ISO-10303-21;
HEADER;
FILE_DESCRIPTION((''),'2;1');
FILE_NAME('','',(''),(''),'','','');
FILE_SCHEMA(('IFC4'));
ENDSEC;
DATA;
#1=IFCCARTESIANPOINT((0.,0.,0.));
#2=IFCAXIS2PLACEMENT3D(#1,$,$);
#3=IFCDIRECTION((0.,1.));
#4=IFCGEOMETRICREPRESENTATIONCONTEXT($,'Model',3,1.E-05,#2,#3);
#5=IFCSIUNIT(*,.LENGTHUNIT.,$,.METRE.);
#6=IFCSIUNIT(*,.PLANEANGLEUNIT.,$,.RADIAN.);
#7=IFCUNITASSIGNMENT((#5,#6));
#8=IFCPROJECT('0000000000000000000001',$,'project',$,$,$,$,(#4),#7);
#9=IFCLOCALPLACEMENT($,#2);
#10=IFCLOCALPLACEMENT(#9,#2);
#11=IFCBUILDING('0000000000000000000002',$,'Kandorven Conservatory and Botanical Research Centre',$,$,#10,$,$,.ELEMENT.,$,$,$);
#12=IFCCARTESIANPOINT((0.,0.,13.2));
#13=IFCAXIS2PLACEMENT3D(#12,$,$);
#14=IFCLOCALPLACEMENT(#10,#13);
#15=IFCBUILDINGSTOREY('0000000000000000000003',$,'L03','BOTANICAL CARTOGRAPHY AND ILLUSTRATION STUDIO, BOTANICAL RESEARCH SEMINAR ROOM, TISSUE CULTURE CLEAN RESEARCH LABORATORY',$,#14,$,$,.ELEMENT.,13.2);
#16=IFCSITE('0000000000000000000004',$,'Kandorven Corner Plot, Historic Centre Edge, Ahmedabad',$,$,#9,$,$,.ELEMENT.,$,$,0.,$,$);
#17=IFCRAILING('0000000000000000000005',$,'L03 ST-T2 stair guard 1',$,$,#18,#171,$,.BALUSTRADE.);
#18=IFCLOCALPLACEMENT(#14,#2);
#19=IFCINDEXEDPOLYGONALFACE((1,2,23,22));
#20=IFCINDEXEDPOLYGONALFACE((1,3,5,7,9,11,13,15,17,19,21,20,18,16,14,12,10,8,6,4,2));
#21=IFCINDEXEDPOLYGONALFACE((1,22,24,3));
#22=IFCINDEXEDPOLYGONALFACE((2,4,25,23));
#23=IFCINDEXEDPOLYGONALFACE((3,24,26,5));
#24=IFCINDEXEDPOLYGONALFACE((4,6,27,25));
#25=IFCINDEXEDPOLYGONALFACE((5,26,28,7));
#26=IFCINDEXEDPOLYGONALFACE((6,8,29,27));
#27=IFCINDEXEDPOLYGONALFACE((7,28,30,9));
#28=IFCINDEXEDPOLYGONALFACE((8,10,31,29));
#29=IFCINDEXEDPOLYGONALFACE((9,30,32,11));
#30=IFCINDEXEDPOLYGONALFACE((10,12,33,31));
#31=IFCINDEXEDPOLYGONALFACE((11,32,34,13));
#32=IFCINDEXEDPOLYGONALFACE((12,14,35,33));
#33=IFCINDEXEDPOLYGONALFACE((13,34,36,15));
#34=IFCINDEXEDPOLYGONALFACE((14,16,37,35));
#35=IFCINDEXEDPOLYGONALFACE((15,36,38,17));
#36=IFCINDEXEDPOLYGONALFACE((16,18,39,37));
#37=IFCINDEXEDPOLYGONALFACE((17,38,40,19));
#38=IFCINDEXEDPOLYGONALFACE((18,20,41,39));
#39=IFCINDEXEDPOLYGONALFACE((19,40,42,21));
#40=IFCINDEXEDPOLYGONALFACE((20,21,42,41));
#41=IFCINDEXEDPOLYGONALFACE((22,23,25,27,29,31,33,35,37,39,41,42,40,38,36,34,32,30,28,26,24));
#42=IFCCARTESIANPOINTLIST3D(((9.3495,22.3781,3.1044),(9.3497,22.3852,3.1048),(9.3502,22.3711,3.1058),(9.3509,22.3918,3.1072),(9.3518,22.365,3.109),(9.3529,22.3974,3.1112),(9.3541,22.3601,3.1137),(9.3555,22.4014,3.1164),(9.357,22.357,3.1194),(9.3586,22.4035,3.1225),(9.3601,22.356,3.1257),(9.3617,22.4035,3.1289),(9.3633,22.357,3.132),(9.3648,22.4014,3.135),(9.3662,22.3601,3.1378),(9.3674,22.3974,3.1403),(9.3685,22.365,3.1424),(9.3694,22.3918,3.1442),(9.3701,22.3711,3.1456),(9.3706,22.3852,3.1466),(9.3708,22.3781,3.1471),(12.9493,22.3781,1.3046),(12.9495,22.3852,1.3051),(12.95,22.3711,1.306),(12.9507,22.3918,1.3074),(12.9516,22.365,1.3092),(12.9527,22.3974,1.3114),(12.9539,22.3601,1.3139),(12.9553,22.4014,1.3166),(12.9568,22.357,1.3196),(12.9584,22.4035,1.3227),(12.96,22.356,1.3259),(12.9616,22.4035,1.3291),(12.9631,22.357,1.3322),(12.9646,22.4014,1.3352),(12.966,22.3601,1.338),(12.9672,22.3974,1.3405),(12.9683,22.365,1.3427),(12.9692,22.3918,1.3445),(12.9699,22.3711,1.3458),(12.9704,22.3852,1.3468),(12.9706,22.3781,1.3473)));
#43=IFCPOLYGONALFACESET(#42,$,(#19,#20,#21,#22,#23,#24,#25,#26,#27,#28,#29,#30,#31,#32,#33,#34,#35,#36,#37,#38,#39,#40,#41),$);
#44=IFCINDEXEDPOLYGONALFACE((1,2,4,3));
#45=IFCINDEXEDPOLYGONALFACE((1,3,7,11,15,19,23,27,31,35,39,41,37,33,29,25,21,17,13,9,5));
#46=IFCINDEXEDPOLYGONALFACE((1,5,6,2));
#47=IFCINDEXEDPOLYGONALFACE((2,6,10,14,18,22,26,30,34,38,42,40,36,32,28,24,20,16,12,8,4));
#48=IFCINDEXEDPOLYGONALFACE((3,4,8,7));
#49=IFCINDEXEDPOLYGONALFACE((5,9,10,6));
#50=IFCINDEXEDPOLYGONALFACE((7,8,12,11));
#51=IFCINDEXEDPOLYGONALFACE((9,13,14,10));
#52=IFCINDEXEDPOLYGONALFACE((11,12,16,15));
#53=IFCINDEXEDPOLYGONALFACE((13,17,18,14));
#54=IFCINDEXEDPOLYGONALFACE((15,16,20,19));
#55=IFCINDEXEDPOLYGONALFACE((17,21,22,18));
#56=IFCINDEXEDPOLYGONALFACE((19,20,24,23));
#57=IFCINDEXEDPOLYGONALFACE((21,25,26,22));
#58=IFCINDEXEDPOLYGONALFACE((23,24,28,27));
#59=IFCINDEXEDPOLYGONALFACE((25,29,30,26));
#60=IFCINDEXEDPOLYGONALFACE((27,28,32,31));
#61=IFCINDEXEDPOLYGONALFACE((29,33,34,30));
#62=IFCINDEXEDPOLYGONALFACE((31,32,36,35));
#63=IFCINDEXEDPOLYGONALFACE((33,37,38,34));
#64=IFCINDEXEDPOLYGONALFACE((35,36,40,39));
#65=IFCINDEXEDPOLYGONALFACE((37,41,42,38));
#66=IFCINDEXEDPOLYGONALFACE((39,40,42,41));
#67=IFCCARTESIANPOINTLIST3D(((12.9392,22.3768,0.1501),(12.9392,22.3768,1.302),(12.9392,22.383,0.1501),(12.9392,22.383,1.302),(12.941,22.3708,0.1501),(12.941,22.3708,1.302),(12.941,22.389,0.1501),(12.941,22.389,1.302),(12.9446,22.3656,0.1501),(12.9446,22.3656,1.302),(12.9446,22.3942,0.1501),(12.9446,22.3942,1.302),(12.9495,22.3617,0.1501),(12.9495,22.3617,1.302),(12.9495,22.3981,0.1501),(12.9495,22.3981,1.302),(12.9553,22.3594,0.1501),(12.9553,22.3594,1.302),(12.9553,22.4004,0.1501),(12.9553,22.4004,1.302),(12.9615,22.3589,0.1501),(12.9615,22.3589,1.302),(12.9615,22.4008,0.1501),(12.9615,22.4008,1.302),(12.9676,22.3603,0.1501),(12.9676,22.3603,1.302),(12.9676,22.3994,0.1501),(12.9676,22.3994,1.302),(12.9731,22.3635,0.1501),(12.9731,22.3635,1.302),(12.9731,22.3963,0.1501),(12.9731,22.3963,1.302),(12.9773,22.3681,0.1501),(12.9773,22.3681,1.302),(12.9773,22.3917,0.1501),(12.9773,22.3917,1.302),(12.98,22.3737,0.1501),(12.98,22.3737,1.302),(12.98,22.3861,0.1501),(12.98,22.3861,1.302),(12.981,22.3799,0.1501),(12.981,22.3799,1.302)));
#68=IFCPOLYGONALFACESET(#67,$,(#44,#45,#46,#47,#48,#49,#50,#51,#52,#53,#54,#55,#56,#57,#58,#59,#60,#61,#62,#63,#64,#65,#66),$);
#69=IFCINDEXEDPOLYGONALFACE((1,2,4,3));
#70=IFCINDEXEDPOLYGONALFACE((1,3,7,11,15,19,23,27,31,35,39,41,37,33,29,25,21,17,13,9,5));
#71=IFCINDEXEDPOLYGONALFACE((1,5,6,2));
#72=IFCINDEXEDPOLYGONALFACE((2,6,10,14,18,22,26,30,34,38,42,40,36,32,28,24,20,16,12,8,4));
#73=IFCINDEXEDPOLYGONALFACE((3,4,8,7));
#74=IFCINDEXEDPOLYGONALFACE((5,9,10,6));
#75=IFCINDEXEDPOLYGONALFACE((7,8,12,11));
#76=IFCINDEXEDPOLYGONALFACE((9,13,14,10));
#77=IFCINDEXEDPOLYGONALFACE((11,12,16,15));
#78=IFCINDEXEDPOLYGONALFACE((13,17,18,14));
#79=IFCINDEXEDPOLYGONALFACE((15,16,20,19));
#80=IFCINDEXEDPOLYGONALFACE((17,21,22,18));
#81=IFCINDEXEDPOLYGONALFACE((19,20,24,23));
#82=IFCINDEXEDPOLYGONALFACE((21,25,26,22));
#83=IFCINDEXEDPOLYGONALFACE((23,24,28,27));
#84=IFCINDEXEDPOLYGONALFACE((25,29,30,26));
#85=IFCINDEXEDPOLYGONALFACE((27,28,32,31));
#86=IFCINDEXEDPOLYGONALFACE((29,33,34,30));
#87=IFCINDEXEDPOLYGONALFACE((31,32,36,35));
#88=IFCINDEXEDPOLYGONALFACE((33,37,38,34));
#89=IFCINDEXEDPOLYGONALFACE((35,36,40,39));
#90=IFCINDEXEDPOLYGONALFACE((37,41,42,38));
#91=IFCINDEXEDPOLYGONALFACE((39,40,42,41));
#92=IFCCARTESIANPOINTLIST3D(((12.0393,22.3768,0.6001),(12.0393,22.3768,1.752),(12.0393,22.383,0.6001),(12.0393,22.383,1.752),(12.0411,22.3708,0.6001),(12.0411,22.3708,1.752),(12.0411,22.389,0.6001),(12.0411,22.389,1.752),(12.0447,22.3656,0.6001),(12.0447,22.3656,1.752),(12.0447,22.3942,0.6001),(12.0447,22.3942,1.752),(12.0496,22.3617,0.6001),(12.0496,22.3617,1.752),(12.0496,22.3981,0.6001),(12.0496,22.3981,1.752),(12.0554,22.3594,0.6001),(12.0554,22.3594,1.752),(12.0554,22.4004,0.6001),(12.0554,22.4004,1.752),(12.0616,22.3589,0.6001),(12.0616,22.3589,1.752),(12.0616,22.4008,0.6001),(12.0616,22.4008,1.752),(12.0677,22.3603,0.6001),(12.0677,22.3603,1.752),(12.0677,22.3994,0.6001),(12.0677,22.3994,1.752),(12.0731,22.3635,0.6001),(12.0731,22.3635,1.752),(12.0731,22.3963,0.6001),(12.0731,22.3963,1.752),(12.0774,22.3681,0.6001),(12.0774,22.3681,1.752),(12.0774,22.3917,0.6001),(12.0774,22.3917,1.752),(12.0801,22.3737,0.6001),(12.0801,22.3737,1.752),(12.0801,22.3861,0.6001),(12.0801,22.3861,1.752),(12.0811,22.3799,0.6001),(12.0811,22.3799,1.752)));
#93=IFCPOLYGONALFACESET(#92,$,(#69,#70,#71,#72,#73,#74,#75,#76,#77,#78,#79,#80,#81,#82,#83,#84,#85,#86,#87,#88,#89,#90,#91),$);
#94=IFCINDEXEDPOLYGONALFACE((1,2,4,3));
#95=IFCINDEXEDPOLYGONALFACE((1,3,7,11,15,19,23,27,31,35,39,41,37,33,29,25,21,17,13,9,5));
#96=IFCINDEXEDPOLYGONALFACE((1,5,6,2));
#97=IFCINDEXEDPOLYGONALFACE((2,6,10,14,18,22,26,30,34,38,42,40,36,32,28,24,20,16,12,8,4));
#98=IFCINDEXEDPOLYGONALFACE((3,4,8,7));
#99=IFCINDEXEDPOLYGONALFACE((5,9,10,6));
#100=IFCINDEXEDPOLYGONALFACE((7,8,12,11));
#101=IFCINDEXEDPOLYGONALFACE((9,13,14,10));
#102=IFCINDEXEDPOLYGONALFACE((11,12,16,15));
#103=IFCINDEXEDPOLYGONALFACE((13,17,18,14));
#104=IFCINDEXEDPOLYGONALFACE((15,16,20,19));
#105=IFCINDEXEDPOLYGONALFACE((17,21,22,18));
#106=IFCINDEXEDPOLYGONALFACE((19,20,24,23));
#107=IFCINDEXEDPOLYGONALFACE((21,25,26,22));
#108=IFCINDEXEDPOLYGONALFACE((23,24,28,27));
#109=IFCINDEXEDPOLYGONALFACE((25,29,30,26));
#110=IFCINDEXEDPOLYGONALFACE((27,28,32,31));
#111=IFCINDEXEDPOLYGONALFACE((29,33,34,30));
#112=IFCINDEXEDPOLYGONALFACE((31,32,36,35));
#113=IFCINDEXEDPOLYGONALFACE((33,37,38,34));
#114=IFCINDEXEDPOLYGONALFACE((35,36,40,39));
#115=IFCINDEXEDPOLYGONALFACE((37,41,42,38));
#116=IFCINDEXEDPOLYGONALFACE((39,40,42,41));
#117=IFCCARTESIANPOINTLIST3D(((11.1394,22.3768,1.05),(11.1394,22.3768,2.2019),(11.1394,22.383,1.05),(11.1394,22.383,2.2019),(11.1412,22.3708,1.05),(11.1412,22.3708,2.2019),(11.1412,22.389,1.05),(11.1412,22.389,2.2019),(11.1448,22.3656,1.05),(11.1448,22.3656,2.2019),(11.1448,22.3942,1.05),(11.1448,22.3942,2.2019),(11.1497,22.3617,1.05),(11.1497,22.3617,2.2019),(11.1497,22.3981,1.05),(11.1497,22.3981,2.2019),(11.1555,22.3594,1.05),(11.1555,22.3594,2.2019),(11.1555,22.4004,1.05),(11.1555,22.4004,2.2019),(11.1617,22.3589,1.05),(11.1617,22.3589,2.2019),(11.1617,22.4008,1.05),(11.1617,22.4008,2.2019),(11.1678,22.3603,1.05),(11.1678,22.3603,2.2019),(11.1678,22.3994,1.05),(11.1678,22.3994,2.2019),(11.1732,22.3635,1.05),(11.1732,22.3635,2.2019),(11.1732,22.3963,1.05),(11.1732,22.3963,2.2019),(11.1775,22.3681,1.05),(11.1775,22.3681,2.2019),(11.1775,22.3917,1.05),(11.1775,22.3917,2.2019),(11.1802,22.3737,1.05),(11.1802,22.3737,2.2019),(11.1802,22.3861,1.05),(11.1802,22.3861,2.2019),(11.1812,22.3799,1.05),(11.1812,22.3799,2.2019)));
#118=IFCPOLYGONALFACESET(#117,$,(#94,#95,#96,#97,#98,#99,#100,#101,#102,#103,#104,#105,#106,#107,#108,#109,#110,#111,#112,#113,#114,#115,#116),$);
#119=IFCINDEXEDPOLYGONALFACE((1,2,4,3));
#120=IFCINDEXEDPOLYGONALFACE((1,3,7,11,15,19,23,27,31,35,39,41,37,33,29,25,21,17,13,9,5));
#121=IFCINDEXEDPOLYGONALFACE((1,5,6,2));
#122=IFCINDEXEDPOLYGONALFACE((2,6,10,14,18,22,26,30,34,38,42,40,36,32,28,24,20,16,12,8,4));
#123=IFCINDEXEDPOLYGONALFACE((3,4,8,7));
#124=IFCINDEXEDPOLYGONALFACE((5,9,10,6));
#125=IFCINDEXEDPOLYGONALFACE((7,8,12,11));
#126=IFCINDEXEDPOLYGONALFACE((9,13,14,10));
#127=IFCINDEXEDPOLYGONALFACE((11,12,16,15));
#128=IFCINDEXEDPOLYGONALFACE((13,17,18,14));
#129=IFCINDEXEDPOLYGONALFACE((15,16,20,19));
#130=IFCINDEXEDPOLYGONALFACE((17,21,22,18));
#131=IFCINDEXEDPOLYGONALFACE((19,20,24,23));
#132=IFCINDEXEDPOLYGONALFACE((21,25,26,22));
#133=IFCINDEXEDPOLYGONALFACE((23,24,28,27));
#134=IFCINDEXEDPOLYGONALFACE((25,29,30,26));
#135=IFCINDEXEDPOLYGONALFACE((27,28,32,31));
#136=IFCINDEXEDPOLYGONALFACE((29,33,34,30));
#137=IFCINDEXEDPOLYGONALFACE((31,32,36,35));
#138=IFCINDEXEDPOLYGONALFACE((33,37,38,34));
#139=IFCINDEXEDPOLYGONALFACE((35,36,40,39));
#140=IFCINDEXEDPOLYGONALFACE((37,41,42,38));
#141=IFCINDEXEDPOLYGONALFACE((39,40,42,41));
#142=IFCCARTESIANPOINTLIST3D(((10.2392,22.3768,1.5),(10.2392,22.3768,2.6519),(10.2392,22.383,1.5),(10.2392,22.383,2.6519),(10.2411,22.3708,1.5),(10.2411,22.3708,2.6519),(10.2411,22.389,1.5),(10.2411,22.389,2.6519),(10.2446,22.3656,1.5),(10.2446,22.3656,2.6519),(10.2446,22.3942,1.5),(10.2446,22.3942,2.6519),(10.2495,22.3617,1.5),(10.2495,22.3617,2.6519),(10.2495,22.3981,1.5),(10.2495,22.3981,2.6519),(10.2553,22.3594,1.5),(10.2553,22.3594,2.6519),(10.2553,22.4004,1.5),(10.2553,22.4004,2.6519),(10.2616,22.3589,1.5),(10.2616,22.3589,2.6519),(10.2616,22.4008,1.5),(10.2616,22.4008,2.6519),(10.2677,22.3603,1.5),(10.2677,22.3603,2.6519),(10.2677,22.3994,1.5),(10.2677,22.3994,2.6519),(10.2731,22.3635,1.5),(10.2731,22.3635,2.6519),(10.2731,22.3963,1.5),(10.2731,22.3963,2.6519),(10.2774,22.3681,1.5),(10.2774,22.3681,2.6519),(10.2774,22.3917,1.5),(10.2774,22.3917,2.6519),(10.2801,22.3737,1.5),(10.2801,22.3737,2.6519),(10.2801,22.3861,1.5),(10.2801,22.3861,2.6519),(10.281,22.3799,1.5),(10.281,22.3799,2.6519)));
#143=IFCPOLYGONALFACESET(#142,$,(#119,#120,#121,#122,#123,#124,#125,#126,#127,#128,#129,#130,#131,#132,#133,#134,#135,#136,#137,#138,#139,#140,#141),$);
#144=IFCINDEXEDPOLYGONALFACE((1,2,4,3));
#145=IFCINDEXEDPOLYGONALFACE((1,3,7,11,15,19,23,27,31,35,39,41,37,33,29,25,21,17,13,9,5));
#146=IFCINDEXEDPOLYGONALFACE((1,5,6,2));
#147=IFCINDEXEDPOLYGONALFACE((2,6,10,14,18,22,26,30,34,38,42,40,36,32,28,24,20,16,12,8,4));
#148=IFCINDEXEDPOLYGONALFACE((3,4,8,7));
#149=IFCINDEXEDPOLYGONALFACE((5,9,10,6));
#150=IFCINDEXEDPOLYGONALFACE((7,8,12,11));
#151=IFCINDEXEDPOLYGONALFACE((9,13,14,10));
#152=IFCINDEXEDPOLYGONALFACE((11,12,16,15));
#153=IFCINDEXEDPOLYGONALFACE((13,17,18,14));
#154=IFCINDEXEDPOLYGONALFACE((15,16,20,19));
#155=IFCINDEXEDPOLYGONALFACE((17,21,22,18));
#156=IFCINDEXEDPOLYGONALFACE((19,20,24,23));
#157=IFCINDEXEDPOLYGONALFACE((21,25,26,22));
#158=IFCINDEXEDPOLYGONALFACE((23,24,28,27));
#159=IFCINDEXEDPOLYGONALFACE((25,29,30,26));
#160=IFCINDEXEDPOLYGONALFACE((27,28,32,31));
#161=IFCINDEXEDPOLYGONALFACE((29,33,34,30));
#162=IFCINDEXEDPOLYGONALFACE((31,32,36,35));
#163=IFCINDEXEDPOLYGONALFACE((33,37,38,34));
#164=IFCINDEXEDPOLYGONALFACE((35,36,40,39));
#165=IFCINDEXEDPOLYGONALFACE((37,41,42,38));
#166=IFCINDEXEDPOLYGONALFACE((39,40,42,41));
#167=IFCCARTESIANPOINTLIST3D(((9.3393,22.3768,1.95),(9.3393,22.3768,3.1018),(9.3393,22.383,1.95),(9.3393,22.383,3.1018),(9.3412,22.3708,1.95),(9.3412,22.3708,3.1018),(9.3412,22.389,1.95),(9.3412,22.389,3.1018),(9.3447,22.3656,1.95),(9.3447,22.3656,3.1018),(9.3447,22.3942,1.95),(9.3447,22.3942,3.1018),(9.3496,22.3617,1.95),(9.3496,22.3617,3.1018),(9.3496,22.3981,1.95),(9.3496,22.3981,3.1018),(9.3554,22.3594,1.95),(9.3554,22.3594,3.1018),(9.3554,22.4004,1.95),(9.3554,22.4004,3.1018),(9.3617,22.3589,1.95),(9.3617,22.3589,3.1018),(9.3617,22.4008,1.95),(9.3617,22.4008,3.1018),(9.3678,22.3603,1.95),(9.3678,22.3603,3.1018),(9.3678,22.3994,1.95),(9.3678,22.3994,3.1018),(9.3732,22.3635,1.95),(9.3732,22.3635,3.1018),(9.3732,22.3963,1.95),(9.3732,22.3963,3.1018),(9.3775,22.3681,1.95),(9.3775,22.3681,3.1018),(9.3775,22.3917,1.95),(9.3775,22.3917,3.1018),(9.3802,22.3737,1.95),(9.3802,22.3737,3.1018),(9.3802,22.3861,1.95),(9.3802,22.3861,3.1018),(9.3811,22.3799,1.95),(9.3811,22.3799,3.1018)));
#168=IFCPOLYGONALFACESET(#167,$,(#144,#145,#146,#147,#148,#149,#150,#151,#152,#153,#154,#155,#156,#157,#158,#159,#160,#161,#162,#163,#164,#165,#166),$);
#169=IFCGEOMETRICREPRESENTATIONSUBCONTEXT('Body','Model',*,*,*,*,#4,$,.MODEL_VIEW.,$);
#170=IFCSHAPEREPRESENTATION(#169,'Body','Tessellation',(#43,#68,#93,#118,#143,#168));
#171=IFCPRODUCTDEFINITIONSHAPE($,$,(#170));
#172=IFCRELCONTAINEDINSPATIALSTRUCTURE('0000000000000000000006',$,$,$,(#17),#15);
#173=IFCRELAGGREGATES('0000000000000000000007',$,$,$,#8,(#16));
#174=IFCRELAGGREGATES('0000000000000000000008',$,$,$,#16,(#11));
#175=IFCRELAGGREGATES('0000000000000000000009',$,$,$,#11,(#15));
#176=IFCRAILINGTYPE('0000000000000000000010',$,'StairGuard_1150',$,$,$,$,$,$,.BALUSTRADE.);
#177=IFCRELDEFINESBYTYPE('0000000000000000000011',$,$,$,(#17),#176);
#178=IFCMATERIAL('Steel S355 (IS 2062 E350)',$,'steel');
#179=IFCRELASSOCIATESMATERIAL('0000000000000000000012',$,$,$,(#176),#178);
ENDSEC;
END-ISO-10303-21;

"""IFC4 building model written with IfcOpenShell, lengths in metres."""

from ifc_helpers import new_model, si_unit, direction, frame, origin, origin_2d, place, context, subcontext, project, spatial, circle, extrude, material, type_object, element, save


model = new_model("IFC4")

# Units and contexts
model_context = context("Model", 3, precision=1e-05, world=origin(), true_north=direction((0.0, 1.0)))
body_context = subcontext(model_context, "Body", "Model", "MODEL_VIEW")
ifc_project = project(units=[si_unit("LENGTHUNIT", "METRE"), si_unit("PLANEANGLEUNIT", "RADIAN")], contexts=[model_context])

# Site, building, storey
site_placement = place(None, origin())
site = spatial("IfcSite", under=ifc_project, at=site_placement, Name="Kandorven Corner Plot, Historic Centre Edge, Ahmedabad", CompositionType="ELEMENT", RefElevation=0.0)
building_placement = place(site_placement, origin())
building = spatial("IfcBuilding", under=site, at=building_placement, Name="Kandorven Conservatory and Botanical Research Centre", CompositionType="ELEMENT")
storey_placement = place(building_placement, frame((0.0, 0.0, 13.2)))
storey = spatial("IfcBuildingStorey", under=building, at=storey_placement, Name="L03", Description="BOTANICAL CARTOGRAPHY AND ILLUSTRATION STUDIO, BOTANICAL RESEARCH SEMINAR ROOM, TISSUE CULTURE CLEAN RESEARCH LABORATORY", CompositionType="ELEMENT", Elevation=13.2)

# Railing
ifc_material_1 = material(Name="Steel S355 (IS 2062 E350)", Category="steel")
railing_type_1 = type_object("IfcRailingType", Name="StairGuard_1150", PredefinedType="BALUSTRADE", material=ifc_material_1)
railing_1_placement = place(storey_placement, frame((12.96, 22.3799, 0.1501)))
element("IfcRailing", 1, at=railing_1_placement, inside=storey, type_object=railing_type_1, Name="L03 ST-T2 stair guard 1", PredefinedType="BALUSTRADE", context=body_context, shape_type="SweptSolid", body=[
    extrude(circle(Radius=0.0239, at=origin_2d()), frame((0.0, 0.0, 1.1758), z_axis=(-0.894439, 0.0, 0.447189), x_axis=(0.0, -1.0, 0.0)), (0.0, 0.0, 1.0), 4.0247),
    extrude(circle(Radius=0.021, at=origin_2d()), origin(), (0.0, 0.0, 1.0), 1.1519),
    extrude(circle(Radius=0.021, at=origin_2d()), frame((-0.8999, 0.0, 0.45)), (0.0, 0.0, 1.0), 1.1519),
    extrude(circle(Radius=0.021, at=origin_2d()), frame((-1.7998, 0.0, 0.8999)), (0.0, 0.0, 1.0), 1.1519),
    extrude(circle(Radius=0.021, at=origin_2d()), frame((-2.7, 0.0, 1.3499)), (0.0, 0.0, 1.0), 1.1519),
    extrude(circle(Radius=0.021, at=origin_2d()), frame((-3.5999, 0.0, 1.7998)), (0.0, 0.0, 1.0), 1.1519),
])

save(model, "model.ifc")
